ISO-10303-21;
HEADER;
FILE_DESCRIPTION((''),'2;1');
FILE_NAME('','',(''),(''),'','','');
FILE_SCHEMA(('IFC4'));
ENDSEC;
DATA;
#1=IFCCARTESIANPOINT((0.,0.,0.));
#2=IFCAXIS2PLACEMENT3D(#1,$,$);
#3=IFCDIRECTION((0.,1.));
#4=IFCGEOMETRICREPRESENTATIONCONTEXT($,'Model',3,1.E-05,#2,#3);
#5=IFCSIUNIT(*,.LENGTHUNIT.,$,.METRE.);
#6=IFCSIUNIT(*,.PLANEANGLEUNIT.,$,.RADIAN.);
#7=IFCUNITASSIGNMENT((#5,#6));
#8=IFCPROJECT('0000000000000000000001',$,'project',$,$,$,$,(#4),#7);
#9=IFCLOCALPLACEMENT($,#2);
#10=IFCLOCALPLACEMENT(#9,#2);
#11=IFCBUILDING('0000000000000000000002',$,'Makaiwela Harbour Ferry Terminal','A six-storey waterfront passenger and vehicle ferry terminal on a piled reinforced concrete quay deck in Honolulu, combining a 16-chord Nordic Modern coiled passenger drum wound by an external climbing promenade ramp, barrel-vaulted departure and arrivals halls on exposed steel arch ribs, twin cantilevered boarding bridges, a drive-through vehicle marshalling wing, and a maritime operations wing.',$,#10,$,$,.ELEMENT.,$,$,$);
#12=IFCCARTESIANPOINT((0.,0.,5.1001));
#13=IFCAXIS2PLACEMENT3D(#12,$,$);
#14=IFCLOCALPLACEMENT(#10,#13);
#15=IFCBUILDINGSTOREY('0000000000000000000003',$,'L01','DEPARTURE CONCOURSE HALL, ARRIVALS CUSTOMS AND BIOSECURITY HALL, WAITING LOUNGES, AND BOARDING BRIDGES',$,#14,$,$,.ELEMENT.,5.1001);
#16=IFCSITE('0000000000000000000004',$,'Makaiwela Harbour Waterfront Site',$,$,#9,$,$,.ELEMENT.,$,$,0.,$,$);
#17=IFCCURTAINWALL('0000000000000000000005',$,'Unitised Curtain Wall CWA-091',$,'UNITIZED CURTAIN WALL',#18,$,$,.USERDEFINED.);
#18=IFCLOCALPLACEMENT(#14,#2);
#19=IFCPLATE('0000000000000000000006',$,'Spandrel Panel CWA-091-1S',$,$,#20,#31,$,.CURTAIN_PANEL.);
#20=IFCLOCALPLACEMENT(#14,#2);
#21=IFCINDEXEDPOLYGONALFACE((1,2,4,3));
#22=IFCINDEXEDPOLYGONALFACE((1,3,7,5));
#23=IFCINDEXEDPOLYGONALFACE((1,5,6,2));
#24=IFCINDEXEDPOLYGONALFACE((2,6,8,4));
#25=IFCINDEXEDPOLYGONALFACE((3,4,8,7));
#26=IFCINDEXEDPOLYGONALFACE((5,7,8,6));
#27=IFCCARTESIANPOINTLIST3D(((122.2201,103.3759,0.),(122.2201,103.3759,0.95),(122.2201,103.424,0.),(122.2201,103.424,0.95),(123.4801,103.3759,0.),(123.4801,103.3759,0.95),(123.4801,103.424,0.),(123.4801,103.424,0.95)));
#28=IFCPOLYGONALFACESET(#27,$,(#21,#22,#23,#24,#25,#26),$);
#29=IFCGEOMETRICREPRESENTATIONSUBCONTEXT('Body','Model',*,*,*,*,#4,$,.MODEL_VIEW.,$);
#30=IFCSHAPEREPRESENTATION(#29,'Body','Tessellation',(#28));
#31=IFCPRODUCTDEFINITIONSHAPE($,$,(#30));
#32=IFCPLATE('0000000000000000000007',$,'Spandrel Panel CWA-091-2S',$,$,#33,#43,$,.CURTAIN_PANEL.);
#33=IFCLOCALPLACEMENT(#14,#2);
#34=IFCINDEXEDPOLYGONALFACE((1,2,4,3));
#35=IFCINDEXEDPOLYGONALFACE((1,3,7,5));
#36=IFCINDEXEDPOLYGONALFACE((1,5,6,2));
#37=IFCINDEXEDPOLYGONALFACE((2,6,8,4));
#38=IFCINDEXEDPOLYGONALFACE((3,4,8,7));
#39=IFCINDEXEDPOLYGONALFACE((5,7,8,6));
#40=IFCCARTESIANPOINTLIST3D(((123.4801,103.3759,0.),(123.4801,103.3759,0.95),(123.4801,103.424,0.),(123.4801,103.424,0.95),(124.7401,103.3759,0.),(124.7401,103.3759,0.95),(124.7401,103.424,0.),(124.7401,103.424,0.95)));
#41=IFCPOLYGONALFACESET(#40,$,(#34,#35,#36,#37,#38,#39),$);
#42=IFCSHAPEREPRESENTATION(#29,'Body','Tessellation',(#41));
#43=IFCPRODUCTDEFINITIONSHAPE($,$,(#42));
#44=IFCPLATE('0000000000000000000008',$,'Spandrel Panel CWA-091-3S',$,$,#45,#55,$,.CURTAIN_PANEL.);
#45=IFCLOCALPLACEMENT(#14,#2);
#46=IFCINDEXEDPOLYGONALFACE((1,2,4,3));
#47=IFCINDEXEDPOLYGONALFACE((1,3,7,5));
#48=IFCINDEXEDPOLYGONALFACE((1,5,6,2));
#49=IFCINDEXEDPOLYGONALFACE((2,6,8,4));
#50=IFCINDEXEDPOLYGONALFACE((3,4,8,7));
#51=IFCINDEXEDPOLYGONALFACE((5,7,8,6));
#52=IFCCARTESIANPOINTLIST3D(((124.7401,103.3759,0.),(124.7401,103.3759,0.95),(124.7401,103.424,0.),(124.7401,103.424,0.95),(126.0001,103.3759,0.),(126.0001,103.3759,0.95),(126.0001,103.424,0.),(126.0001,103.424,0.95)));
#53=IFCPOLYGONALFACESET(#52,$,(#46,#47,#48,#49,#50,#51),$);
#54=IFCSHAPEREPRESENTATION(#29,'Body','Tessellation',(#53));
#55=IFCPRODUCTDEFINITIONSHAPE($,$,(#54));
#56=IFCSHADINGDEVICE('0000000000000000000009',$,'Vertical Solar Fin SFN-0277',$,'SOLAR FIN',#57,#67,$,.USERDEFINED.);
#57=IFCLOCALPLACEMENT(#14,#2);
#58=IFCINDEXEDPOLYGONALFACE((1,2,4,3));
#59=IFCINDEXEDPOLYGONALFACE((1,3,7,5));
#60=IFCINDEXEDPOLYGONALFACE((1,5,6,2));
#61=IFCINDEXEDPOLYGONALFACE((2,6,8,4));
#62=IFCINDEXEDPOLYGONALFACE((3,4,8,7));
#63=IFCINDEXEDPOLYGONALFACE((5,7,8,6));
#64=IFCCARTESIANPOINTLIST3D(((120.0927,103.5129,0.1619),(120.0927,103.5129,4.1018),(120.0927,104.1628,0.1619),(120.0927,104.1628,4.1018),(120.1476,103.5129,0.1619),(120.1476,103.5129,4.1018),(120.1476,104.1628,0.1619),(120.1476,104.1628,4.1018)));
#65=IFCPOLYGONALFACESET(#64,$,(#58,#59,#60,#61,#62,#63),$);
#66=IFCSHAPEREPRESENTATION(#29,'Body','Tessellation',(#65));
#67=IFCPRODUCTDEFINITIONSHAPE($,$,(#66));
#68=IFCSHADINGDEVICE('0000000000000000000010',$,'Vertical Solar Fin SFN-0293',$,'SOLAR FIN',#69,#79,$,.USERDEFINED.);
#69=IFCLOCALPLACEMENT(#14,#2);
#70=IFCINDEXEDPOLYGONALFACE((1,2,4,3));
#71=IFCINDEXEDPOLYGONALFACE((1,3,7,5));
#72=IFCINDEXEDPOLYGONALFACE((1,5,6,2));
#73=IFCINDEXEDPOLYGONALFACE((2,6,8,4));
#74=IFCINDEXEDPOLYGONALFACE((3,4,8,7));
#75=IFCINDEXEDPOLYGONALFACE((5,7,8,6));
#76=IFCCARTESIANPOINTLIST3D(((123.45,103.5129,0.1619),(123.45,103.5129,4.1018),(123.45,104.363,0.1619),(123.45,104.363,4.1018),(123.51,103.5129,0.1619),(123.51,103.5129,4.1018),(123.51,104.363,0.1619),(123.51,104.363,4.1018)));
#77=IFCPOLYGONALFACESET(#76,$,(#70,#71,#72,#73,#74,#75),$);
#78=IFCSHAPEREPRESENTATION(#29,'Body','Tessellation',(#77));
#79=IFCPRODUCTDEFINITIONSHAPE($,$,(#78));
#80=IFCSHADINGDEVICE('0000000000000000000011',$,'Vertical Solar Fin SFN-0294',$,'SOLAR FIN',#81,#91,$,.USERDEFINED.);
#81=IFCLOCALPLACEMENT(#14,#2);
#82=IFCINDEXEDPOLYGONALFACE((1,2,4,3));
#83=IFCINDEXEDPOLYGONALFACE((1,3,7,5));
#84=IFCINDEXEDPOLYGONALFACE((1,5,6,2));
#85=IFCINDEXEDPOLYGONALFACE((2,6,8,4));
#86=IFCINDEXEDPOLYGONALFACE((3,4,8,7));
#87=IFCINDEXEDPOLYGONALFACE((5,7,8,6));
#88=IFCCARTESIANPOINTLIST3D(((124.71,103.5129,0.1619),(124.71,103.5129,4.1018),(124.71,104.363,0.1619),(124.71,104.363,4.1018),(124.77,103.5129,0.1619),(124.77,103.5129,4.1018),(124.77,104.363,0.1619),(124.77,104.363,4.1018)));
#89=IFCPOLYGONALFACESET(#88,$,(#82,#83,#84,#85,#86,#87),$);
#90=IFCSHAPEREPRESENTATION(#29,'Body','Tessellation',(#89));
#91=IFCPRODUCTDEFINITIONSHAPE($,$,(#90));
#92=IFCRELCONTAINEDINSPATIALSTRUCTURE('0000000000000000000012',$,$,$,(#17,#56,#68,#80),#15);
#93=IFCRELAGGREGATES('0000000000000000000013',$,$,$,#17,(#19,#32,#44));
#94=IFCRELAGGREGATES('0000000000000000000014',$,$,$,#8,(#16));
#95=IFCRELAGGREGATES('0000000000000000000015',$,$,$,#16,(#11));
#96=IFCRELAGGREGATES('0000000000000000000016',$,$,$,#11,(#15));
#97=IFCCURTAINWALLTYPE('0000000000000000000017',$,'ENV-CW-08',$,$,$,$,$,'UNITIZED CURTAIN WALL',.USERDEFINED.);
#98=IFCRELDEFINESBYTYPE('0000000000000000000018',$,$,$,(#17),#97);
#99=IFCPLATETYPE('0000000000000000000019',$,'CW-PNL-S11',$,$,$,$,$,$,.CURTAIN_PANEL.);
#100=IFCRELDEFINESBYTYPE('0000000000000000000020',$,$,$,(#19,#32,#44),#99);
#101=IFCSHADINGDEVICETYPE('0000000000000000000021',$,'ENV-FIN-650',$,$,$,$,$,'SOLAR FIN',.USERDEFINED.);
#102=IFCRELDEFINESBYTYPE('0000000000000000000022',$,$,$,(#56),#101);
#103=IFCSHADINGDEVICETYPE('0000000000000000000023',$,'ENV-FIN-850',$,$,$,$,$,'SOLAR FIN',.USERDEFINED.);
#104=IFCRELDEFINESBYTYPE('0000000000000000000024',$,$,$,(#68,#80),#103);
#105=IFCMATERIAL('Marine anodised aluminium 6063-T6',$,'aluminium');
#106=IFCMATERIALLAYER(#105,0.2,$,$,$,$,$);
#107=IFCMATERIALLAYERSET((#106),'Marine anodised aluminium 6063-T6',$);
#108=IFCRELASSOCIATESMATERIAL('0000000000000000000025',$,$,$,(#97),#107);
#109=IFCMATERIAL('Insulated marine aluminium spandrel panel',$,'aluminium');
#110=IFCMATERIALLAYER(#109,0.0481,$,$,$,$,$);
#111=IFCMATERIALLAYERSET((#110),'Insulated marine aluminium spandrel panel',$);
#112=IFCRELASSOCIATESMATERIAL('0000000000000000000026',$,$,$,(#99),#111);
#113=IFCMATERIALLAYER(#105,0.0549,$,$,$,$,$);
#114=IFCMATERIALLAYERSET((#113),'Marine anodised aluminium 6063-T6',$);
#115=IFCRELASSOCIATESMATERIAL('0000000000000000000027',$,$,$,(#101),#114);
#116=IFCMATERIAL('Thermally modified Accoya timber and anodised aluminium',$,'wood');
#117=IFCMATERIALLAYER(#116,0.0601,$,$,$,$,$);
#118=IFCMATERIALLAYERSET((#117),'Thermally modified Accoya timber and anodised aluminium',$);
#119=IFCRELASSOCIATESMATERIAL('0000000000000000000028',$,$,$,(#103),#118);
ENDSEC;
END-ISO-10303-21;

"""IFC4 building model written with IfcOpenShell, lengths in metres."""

from ifc_helpers import new_model, si_unit, direction, frame, origin, origin_2d, place, context, subcontext, project, spatial, rectangle, extrude, material, layer, layer_set, type_object, element, aggregate, save


model = new_model("IFC4")

# Units and contexts
model_context = context("Model", 3, precision=1e-05, world=origin(), true_north=direction((0.0, 1.0)))
body_context = subcontext(model_context, "Body", "Model", "MODEL_VIEW")
ifc_project = project(units=[si_unit("LENGTHUNIT", "METRE"), si_unit("PLANEANGLEUNIT", "RADIAN")], contexts=[model_context])

# Site, building, storey
site_placement = place(None, origin())
site = spatial("IfcSite", under=ifc_project, at=site_placement, Name="Makaiwela Harbour Waterfront Site", CompositionType="ELEMENT", RefElevation=0.0)
building_placement = place(site_placement, origin())
building = spatial("IfcBuilding", under=site, at=building_placement, Name="Makaiwela Harbour Ferry Terminal", Description="A six-storey waterfront passenger and vehicle ferry terminal on a piled reinforced concrete quay deck in Honolulu, combining a 16-chord Nordic Modern coiled passenger drum wound by an external climbing promenade ramp, barrel-vaulted departure and arrivals halls on exposed steel arch ribs, twin cantilevered boarding bridges, a drive-through vehicle marshalling wing, and a maritime operations wing.", CompositionType="ELEMENT")
storey_placement = place(building_placement, frame((0.0, 0.0, 5.1001)))
storey = spatial("IfcBuildingStorey", under=building, at=storey_placement, Name="L01", Description="DEPARTURE CONCOURSE HALL, ARRIVALS CUSTOMS AND BIOSECURITY HALL, WAITING LOUNGES, AND BOARDING BRIDGES", CompositionType="ELEMENT", Elevation=5.1001)

# Shared definitions
ifc_material_1 = material(Name="Marine anodised aluminium 6063-T6", Category="aluminium")
ifc_layer_1 = layer(ifc_material_1, 0.2)
ifc_layer_set_1 = layer_set([ifc_layer_1], Name="Marine anodised aluminium 6063-T6")
curtain_wall_type = type_object("IfcCurtainWallType", Name="ENV-CW-08", ElementType="UNITIZED CURTAIN WALL", PredefinedType="USERDEFINED", material=ifc_layer_set_1)

# Curtain wall
curtain_wall_1_placement = place(storey_placement, origin())
curtain_wall_1 = element("IfcCurtainWall", 1, at=curtain_wall_1_placement, inside=storey, type_object=curtain_wall_type, Name="Unitised Curtain Wall CWA-091", ObjectType="UNITIZED CURTAIN WALL", PredefinedType="USERDEFINED")

# Plates
ifc_material_2 = material(Name="Insulated marine aluminium spandrel panel", Category="aluminium")
ifc_layer_2 = layer(ifc_material_2, 0.0481)
ifc_layer_set_2 = layer_set([ifc_layer_2], Name="Insulated marine aluminium spandrel panel")
plate_type_1 = type_object("IfcPlateType", Name="CW-PNL-S11", PredefinedType="CURTAIN_PANEL", material=ifc_layer_set_2)
plate_1_placement = place(storey_placement, frame((122.8501, 103.3999, 0.0), z_axis=(0.0, 0.0, 1.0), x_axis=(1.0, 0.0, 0.0)))
plate_1 = element("IfcPlate", 2, at=plate_1_placement, type_object=plate_type_1, Name="Spandrel Panel CWA-091-1S", PredefinedType="CURTAIN_PANEL", context=body_context, shape_type="SweptSolid", body=[
    extrude(rectangle(XDim=1.26, YDim=0.0481, at=origin_2d()), origin(), (0.0, 0.0, 1.0), 0.95),
])
plate_2_placement = place(storey_placement, frame((124.1101, 103.3999, 0.0), z_axis=(0.0, 0.0, 1.0), x_axis=(1.0, 0.0, 0.0)))
plate_2 = element("IfcPlate", 3, at=plate_2_placement, type_object=plate_type_1, Name="Spandrel Panel CWA-091-2S", PredefinedType="CURTAIN_PANEL", context=body_context, shape_type="SweptSolid", body=[
    extrude(rectangle(XDim=1.26, YDim=0.0481, at=origin_2d()), origin(), (0.0, 0.0, 1.0), 0.95),
])
plate_3_placement = place(storey_placement, frame((125.3701, 103.3999, 0.0), z_axis=(0.0, 0.0, 1.0), x_axis=(1.0, 0.0, 0.0)))
plate_3 = element("IfcPlate", 4, at=plate_3_placement, type_object=plate_type_1, Name="Spandrel Panel CWA-091-3S", PredefinedType="CURTAIN_PANEL", context=body_context, shape_type="SweptSolid", body=[
    extrude(rectangle(XDim=1.26, YDim=0.0481, at=origin_2d()), origin(), (0.0, 0.0, 1.0), 0.95),
])
aggregate(curtain_wall_1, [plate_1, plate_2, plate_3])

# Shading devices
ifc_layer_3 = layer(ifc_material_1, 0.0549)
ifc_layer_set_3 = layer_set([ifc_layer_3], Name="Marine anodised aluminium 6063-T6")
shading_device_type_1 = type_object("IfcShadingDeviceType", Name="ENV-FIN-650", ElementType="SOLAR FIN", PredefinedType="USERDEFINED", material=ifc_layer_set_3)
shading_device_placement = place(storey_placement, frame((120.1201, 103.8379, 0.1619), z_axis=(0.0, 0.0, 1.0), x_axis=(0.0, 1.0, 0.0)))
element("IfcShadingDevice", 5, at=shading_device_placement, inside=storey, type_object=shading_device_type_1, Name="Vertical Solar Fin SFN-0277", ObjectType="SOLAR FIN", PredefinedType="USERDEFINED", context=body_context, shape_type="SweptSolid", body=[
    extrude(rectangle(XDim=0.6499, YDim=0.0549, at=origin_2d()), origin(), (0.0, 0.0, 1.0), 3.9399),
])
ifc_material_3 = material(Name="Thermally modified Accoya timber and anodised aluminium", Category="wood")
ifc_layer_4 = layer(ifc_material_3, 0.0601)
ifc_layer_set_4 = layer_set([ifc_layer_4], Name="Thermally modified Accoya timber and anodised aluminium")
shading_device_type_2 = type_object("IfcShadingDeviceType", Name="ENV-FIN-850", ElementType="SOLAR FIN", PredefinedType="USERDEFINED", material=ifc_layer_set_4)
for number, where, z_axis, x_axis, name in (
    (6, (123.48, 103.938, 0.1619), (0.0, 0.0, 1.0), (0.0, 1.0, 0.0), "Vertical Solar Fin SFN-0293"),
    (7, (124.74, 103.938, 0.1619), (0.0, 0.0, 1.0), (0.0, 1.0, 0.0), "Vertical Solar Fin SFN-0294"),
):
    element("IfcShadingDevice", number, at=place(storey_placement, frame(where, z_axis=z_axis, x_axis=x_axis)), inside=storey, type_object=shading_device_type_2, Name=name, ObjectType="SOLAR FIN", PredefinedType="USERDEFINED", context=body_context, shape_type="SweptSolid", body=[
        extrude(rectangle(XDim=0.8501, YDim=0.0601, at=origin_2d()), origin(), (0.0, 0.0, 1.0), 3.9399),
    ])

save(model, "model.ifc")
